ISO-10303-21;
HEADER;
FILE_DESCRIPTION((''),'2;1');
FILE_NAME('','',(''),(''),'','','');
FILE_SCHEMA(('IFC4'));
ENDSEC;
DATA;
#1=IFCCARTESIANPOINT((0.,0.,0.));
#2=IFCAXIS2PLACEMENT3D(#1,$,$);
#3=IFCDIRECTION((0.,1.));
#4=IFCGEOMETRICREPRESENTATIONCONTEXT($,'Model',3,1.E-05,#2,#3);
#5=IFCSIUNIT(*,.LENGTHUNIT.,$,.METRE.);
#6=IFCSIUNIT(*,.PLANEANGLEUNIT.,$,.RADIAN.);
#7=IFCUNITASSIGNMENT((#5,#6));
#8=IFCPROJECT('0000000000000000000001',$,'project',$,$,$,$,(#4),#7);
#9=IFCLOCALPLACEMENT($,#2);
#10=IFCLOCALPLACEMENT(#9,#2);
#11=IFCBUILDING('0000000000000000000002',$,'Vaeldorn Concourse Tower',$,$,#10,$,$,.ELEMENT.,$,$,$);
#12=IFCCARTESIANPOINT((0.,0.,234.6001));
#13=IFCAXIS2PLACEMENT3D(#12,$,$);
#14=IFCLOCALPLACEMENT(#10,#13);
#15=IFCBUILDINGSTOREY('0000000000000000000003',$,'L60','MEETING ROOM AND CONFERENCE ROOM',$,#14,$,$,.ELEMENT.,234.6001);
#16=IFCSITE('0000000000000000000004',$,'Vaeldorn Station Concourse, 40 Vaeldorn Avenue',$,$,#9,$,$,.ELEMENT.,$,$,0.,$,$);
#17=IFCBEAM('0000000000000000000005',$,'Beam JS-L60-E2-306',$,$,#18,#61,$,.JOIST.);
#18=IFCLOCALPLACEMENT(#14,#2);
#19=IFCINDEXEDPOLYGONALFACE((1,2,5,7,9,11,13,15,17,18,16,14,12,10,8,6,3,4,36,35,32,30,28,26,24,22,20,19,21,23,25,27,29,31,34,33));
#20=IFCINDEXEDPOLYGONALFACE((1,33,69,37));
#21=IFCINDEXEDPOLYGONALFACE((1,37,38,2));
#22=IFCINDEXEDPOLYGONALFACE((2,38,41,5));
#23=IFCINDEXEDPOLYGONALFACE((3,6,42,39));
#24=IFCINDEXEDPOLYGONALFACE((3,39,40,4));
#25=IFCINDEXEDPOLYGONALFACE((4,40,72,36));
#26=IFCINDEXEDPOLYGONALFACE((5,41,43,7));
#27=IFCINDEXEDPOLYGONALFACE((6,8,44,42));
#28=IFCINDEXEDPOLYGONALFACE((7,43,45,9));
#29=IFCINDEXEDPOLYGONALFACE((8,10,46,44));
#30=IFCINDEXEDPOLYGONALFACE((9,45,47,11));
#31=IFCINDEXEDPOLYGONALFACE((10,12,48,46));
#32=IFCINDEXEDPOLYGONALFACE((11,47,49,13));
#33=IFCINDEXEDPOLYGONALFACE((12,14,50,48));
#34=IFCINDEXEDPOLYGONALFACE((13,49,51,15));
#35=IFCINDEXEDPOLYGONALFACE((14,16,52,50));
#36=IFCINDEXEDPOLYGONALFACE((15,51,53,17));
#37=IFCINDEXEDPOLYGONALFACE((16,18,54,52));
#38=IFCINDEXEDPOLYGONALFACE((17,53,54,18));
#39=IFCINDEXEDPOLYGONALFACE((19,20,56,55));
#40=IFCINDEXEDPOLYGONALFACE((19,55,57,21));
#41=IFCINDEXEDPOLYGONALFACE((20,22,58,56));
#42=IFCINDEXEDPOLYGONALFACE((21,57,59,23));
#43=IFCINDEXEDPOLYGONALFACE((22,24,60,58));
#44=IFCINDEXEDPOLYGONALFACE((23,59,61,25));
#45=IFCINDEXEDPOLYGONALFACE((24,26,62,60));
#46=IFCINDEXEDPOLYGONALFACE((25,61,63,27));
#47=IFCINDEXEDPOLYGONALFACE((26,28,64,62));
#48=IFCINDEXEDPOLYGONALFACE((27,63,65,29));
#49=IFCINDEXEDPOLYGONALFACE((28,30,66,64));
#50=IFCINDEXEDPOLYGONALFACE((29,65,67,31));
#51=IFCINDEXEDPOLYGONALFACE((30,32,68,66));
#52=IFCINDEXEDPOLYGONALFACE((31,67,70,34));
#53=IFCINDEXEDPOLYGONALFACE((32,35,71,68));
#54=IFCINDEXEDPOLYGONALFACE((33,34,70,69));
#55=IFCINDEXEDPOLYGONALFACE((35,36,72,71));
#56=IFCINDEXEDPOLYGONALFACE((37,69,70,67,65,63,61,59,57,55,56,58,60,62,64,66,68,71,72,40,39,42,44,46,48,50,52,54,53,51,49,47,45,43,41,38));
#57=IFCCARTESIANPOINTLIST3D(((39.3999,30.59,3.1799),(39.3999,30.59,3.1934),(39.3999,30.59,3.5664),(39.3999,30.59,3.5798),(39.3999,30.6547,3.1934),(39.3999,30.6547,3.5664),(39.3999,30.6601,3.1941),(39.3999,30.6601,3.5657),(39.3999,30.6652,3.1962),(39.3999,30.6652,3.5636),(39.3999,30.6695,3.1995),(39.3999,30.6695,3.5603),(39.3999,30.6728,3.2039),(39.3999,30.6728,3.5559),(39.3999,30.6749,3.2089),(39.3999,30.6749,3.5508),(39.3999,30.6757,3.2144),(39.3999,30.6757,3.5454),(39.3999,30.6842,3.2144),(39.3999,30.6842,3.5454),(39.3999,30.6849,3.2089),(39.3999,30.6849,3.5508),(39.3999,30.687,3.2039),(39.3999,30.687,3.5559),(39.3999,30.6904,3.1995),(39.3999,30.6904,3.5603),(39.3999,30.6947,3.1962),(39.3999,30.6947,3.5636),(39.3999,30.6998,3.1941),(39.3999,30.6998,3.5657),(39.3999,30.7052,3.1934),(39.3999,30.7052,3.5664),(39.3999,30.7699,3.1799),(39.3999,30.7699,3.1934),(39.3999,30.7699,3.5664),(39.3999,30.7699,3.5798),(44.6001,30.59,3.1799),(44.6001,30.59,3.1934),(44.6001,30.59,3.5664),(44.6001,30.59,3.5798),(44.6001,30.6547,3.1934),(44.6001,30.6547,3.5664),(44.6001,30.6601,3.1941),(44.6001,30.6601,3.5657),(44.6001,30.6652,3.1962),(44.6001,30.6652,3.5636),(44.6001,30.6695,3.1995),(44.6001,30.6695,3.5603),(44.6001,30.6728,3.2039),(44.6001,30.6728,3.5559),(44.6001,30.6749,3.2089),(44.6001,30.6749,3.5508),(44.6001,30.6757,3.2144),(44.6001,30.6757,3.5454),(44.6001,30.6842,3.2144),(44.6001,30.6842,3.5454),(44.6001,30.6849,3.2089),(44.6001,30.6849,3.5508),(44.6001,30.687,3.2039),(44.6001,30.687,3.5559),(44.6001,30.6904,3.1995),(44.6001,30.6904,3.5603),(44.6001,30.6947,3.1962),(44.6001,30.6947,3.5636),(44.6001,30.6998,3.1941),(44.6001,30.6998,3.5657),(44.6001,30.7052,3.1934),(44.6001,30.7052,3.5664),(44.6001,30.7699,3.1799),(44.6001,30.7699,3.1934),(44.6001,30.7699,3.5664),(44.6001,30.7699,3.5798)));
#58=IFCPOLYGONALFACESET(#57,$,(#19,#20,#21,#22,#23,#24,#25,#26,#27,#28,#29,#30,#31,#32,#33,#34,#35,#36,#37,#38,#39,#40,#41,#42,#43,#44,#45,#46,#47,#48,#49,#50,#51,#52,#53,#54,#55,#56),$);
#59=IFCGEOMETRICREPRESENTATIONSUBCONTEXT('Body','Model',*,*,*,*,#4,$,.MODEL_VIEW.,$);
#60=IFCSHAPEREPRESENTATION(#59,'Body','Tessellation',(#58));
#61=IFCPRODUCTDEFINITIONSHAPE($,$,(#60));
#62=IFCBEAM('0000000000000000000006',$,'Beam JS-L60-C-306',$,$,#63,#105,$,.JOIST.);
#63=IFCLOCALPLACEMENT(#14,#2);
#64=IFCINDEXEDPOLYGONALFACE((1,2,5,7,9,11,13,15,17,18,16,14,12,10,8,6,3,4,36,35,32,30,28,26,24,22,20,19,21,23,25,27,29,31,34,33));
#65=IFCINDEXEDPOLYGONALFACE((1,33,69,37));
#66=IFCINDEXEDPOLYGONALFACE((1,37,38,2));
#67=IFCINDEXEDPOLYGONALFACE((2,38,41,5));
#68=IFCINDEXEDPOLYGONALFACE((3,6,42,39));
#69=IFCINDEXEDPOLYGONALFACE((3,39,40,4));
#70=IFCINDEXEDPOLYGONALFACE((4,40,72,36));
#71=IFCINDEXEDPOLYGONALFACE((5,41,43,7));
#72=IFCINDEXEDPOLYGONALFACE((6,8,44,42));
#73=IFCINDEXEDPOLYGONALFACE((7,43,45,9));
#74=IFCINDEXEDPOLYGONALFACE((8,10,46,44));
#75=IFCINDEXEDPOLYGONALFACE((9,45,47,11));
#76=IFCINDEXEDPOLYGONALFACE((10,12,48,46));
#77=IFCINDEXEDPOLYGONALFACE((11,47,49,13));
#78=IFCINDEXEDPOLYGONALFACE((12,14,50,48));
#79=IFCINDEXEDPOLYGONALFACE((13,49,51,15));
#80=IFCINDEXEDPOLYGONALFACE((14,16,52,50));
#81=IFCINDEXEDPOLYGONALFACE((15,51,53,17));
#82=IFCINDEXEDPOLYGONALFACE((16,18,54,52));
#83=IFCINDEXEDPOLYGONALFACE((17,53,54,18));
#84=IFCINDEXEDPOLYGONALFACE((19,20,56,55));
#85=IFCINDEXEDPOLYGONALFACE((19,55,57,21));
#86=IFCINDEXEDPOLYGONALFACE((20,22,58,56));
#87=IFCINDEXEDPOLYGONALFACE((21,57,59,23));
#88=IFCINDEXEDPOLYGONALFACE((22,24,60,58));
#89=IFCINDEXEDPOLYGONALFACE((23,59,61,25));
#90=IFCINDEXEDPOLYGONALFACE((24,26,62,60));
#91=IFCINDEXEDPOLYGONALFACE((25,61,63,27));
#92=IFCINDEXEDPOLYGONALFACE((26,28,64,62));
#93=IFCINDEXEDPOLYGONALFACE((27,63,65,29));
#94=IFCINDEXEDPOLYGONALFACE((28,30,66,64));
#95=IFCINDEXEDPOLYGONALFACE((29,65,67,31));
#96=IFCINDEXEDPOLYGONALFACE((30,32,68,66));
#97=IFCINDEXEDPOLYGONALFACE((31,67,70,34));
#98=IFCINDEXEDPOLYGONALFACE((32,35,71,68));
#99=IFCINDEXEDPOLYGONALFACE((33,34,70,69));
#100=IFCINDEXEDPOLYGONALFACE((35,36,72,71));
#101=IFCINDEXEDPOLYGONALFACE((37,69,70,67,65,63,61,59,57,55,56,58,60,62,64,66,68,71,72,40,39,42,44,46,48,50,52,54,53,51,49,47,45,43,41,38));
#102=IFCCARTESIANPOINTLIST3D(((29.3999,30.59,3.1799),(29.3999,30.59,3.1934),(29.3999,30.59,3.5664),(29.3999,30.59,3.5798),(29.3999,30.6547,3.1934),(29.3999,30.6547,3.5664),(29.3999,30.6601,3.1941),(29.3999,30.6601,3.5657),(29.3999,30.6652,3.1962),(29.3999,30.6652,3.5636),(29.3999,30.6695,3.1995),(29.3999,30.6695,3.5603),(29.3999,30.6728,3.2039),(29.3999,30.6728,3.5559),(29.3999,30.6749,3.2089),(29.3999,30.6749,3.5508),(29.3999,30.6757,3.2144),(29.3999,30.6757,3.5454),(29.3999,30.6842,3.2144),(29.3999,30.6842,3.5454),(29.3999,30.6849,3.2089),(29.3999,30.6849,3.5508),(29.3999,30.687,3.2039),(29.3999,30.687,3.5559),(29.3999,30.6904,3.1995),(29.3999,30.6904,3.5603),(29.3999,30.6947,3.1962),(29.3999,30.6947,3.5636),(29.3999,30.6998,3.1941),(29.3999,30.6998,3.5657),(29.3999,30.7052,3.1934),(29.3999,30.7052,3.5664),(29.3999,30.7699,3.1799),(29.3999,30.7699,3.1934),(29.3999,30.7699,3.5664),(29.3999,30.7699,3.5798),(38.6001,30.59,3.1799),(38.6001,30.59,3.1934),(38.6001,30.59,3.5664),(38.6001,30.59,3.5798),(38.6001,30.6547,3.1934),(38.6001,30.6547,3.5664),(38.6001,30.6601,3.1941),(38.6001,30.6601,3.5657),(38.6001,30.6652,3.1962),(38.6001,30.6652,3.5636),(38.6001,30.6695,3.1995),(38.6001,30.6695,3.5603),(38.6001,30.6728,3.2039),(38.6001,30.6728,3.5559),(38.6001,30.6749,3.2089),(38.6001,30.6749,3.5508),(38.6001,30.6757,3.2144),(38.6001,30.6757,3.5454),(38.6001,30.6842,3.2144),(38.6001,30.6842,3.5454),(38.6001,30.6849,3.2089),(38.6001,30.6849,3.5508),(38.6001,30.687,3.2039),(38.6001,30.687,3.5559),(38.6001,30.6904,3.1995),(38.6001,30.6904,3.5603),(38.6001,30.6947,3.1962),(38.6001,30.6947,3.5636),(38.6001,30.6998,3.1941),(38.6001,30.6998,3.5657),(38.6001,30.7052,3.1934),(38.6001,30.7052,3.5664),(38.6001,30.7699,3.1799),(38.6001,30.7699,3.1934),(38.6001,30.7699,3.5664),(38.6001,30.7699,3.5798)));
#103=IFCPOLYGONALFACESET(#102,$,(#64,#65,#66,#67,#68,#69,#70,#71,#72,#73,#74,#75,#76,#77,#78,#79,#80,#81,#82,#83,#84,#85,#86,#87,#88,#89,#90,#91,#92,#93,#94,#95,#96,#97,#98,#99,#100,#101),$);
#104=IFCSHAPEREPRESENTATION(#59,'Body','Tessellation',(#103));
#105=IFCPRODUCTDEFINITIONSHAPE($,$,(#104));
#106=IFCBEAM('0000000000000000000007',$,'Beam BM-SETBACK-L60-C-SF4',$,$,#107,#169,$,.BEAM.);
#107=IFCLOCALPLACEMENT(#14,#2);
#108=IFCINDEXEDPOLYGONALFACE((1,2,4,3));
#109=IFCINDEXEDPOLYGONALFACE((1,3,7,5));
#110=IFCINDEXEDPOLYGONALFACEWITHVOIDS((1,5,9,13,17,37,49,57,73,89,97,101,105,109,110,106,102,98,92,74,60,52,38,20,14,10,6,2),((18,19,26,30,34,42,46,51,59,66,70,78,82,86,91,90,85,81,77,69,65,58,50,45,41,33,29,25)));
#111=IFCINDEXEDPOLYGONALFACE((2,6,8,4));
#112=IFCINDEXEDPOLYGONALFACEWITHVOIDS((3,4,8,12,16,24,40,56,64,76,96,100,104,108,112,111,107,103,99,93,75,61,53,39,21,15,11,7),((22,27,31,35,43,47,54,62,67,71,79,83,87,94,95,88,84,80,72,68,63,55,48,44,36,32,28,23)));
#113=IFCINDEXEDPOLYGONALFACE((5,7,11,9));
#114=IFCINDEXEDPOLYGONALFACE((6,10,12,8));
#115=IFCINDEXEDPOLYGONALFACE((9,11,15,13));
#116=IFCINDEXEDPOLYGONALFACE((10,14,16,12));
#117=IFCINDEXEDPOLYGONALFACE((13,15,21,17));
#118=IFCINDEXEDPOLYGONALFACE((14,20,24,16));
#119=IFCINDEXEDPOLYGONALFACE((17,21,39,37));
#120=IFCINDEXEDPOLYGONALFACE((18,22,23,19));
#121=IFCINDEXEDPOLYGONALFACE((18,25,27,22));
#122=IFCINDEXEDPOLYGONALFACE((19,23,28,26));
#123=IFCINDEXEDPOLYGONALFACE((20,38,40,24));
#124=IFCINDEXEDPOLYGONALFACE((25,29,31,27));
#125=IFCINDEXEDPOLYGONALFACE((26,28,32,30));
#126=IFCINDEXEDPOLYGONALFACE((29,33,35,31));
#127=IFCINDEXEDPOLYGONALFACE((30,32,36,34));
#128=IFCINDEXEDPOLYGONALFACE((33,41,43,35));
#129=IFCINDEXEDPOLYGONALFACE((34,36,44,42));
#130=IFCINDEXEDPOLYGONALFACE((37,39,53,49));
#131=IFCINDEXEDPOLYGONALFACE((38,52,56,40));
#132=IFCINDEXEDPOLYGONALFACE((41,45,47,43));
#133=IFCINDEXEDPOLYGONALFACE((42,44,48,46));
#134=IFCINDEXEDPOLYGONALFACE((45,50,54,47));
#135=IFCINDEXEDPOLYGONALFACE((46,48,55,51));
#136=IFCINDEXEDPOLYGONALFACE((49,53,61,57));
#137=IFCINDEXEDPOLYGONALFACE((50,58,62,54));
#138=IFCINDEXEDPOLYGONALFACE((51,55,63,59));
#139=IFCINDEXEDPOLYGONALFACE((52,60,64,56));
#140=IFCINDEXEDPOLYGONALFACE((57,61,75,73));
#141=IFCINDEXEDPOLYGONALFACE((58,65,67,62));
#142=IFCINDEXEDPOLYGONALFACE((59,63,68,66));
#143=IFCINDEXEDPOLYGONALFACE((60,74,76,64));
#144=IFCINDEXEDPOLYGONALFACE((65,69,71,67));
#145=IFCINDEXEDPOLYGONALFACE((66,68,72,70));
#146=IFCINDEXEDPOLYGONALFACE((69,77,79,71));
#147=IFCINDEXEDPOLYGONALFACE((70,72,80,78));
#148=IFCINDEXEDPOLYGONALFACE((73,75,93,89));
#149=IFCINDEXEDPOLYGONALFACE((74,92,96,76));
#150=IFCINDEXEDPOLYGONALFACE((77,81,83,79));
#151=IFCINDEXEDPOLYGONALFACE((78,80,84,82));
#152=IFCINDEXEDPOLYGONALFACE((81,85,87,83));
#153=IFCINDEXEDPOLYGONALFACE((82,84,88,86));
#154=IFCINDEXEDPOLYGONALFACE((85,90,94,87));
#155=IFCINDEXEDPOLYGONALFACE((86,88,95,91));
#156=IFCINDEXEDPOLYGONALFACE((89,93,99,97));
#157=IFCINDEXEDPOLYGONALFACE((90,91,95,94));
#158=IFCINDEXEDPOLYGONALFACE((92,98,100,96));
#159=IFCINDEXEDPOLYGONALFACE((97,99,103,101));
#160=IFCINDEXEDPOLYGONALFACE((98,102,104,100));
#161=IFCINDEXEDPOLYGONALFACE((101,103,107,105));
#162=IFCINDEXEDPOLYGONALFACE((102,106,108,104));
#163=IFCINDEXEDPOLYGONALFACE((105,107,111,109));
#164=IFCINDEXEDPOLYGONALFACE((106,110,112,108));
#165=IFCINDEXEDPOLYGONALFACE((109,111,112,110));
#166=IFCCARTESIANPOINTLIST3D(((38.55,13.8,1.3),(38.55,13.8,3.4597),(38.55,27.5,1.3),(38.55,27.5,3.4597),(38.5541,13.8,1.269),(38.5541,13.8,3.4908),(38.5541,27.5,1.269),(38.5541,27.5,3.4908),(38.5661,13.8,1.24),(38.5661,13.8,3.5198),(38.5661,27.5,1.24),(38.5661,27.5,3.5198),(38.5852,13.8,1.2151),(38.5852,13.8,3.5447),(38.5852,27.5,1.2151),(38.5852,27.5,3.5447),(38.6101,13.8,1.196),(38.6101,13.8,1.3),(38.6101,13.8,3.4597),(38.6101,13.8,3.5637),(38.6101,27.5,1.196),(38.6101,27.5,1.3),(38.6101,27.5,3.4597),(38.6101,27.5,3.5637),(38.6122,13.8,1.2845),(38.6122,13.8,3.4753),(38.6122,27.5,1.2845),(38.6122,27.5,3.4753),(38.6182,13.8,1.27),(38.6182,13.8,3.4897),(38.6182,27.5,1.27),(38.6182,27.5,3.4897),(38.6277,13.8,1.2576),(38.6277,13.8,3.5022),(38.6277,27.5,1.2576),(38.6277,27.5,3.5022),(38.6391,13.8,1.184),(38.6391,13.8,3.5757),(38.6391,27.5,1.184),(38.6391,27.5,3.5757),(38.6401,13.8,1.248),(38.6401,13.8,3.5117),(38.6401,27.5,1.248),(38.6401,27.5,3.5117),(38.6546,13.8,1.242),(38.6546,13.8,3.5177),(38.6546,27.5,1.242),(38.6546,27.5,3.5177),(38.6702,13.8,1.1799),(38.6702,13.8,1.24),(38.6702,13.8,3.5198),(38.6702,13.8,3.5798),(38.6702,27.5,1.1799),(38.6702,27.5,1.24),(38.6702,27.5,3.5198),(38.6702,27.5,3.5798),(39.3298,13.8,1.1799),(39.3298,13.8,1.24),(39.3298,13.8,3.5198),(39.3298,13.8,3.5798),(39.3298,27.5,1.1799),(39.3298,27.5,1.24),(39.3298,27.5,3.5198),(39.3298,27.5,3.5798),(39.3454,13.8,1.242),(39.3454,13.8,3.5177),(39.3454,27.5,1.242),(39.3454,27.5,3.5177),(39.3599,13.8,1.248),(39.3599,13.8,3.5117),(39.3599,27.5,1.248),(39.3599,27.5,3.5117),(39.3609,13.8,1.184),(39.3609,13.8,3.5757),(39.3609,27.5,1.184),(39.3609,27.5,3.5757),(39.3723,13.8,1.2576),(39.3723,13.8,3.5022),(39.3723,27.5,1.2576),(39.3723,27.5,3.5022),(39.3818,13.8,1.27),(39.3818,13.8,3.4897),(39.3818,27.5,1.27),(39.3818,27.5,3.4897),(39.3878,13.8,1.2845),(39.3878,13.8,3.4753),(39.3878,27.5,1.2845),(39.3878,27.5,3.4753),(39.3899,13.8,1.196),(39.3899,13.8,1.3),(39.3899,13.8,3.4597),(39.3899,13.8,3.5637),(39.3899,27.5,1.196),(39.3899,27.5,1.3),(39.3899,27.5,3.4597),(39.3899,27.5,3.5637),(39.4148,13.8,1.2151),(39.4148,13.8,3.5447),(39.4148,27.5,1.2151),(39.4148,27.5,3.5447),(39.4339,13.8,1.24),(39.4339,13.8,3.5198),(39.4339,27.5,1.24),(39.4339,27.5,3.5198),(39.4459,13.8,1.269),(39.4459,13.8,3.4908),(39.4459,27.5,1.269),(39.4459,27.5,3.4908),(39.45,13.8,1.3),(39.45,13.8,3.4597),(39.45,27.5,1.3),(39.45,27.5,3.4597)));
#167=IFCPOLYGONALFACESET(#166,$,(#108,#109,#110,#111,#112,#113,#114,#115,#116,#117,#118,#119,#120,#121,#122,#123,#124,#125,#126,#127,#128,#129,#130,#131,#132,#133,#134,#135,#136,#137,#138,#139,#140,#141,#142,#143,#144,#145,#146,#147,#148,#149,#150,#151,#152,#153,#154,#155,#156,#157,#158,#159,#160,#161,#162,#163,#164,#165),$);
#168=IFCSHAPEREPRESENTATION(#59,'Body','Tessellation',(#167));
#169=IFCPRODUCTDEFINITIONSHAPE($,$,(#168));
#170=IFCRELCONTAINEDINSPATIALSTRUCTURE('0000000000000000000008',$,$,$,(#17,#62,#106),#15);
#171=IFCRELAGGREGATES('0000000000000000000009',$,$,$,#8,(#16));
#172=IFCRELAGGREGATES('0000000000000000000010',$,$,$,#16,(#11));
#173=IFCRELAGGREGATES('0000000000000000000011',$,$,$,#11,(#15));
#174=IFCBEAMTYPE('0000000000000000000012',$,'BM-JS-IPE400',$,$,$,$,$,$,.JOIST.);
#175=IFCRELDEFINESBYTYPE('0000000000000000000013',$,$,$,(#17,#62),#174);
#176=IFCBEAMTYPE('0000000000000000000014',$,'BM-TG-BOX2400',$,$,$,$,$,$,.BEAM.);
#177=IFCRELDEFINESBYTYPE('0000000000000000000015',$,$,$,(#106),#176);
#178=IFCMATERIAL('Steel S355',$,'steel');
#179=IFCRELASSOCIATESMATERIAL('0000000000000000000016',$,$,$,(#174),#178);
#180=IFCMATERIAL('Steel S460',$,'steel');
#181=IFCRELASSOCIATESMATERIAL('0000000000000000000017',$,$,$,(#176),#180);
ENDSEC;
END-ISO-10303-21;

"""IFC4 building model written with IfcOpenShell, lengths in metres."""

from ifc_helpers import new_model, si_unit, direction, frame, origin, origin_2d, place, context, subcontext, project, spatial, hollow_rectangle, i_section, extrude, source, transform, mapped, material, material_profile, profile_set, type_object, element, save


model = new_model("IFC4")

# Units and contexts
model_context = context("Model", 3, precision=1e-05, world=origin(), true_north=direction((0.0, 1.0)))
body_context = subcontext(model_context, "Body", "Model", "MODEL_VIEW")
ifc_project = project(units=[si_unit("LENGTHUNIT", "METRE"), si_unit("PLANEANGLEUNIT", "RADIAN")], contexts=[model_context])

# Site, building, storey
site_placement = place(None, origin())
site = spatial("IfcSite", under=ifc_project, at=site_placement, Name="Vaeldorn Station Concourse, 40 Vaeldorn Avenue", CompositionType="ELEMENT", RefElevation=0.0)
building_placement = place(site_placement, origin())
building = spatial("IfcBuilding", under=site, at=building_placement, Name="Vaeldorn Concourse Tower", CompositionType="ELEMENT")
storey_placement = place(building_placement, frame((0.0, 0.0, 234.6001)))
storey = spatial("IfcBuildingStorey", under=building, at=storey_placement, Name="L60", Description="MEETING ROOM AND CONFERENCE ROOM", CompositionType="ELEMENT", Elevation=234.6001)

# Shared definitions
ifc_material_1 = material(Name="Steel S355", Category="steel")

# Beams
ifc_material_2 = material(Name="Steel S460", Category="steel")
ifc_material_profile_1 = material_profile(ifc_material_1, i_section(OverallWidth=0.1799, OverallDepth=0.3999, WebThickness=0.0085, FlangeThickness=0.0134, FilletRadius=0.021, at=origin_2d()), Name="IPE 400")
ifc_profile_set_1 = profile_set([ifc_material_profile_1], Name="Steel S355")
beam_type_1 = type_object("IfcBeamType", Name="BM-JS-IPE400", PredefinedType="JOIST", material=ifc_profile_set_1)
shared_shape_1 = source(origin(), body_context, "Body", "SweptSolid", [
    extrude(i_section(OverallWidth=0.1799, OverallDepth=0.3999, WebThickness=0.0085, FlangeThickness=0.0134, FilletRadius=0.021, at=origin_2d()), origin(), (0.0, 0.0, 1.0), 5.2002),
])
for number, where, z_axis, x_axis, name in (
    (1, (39.3999, 30.6799, 3.3799), (1.0, 0.0, 0.0), (0.0, 1.0, 0.0), "Beam JS-L60-E2-306"),
):
    element("IfcBeam", number, at=place(storey_placement, frame(where, z_axis=z_axis, x_axis=x_axis)), inside=storey, type_object=beam_type_1, Name=name, PredefinedType="JOIST", context=body_context, shape_type="MappedRepresentation", body=[
        mapped(shared_shape_1, transform((0.0, 0.0, 0.0), scale=1.0)),
    ])
shared_shape_2 = source(origin(), body_context, "Body", "SweptSolid", [
    extrude(i_section(OverallWidth=0.1799, OverallDepth=0.3999, WebThickness=0.0085, FlangeThickness=0.0134, FilletRadius=0.021, at=origin_2d()), origin(), (0.0, 0.0, 1.0), 9.2002),
])
beam_1_placement = place(storey_placement, frame((29.3999, 30.6799, 3.3799), z_axis=(1.0, 0.0, 0.0), x_axis=(0.0, 1.0, 0.0)))
element("IfcBeam", 2, at=beam_1_placement, inside=storey, type_object=beam_type_1, Name="Beam JS-L60-C-306", PredefinedType="JOIST", context=body_context, shape_type="MappedRepresentation", body=[
    mapped(shared_shape_2, transform((0.0, 0.0, 0.0), scale=1.0)),
])
ifc_material_profile_2 = material_profile(ifc_material_2, hollow_rectangle(XDim=0.8999, YDim=2.3999, WallThickness=0.0601, InnerFilletRadius=0.0601, OuterFilletRadius=0.1201, at=origin_2d()), Name="RHS 2400x900x60")
ifc_profile_set_2 = profile_set([ifc_material_profile_2], Name="Steel S460")
beam_type_2 = type_object("IfcBeamType", Name="BM-TG-BOX2400", PredefinedType="BEAM", material=ifc_profile_set_2)
shared_shape_3 = source(origin(), body_context, "Body", "SweptSolid", [
    extrude(hollow_rectangle(XDim=0.8999, YDim=2.3999, WallThickness=0.0601, InnerFilletRadius=0.0601, OuterFilletRadius=0.1201, at=origin_2d()), origin(), (0.0, 0.0, 1.0), 13.7),
])
beam_2_placement = place(storey_placement, frame((39.0, 13.8, 2.3799), z_axis=(0.0, 1.0, 0.0), x_axis=(-1.0, 0.0, 0.0)))
element("IfcBeam", 3, at=beam_2_placement, inside=storey, type_object=beam_type_2, Name="Beam BM-SETBACK-L60-C-SF4", PredefinedType="BEAM", context=body_context, shape_type="MappedRepresentation", body=[
    mapped(shared_shape_3, transform((0.0, 0.0, 0.0), scale=1.0)),
])

save(model, "model.ifc")
